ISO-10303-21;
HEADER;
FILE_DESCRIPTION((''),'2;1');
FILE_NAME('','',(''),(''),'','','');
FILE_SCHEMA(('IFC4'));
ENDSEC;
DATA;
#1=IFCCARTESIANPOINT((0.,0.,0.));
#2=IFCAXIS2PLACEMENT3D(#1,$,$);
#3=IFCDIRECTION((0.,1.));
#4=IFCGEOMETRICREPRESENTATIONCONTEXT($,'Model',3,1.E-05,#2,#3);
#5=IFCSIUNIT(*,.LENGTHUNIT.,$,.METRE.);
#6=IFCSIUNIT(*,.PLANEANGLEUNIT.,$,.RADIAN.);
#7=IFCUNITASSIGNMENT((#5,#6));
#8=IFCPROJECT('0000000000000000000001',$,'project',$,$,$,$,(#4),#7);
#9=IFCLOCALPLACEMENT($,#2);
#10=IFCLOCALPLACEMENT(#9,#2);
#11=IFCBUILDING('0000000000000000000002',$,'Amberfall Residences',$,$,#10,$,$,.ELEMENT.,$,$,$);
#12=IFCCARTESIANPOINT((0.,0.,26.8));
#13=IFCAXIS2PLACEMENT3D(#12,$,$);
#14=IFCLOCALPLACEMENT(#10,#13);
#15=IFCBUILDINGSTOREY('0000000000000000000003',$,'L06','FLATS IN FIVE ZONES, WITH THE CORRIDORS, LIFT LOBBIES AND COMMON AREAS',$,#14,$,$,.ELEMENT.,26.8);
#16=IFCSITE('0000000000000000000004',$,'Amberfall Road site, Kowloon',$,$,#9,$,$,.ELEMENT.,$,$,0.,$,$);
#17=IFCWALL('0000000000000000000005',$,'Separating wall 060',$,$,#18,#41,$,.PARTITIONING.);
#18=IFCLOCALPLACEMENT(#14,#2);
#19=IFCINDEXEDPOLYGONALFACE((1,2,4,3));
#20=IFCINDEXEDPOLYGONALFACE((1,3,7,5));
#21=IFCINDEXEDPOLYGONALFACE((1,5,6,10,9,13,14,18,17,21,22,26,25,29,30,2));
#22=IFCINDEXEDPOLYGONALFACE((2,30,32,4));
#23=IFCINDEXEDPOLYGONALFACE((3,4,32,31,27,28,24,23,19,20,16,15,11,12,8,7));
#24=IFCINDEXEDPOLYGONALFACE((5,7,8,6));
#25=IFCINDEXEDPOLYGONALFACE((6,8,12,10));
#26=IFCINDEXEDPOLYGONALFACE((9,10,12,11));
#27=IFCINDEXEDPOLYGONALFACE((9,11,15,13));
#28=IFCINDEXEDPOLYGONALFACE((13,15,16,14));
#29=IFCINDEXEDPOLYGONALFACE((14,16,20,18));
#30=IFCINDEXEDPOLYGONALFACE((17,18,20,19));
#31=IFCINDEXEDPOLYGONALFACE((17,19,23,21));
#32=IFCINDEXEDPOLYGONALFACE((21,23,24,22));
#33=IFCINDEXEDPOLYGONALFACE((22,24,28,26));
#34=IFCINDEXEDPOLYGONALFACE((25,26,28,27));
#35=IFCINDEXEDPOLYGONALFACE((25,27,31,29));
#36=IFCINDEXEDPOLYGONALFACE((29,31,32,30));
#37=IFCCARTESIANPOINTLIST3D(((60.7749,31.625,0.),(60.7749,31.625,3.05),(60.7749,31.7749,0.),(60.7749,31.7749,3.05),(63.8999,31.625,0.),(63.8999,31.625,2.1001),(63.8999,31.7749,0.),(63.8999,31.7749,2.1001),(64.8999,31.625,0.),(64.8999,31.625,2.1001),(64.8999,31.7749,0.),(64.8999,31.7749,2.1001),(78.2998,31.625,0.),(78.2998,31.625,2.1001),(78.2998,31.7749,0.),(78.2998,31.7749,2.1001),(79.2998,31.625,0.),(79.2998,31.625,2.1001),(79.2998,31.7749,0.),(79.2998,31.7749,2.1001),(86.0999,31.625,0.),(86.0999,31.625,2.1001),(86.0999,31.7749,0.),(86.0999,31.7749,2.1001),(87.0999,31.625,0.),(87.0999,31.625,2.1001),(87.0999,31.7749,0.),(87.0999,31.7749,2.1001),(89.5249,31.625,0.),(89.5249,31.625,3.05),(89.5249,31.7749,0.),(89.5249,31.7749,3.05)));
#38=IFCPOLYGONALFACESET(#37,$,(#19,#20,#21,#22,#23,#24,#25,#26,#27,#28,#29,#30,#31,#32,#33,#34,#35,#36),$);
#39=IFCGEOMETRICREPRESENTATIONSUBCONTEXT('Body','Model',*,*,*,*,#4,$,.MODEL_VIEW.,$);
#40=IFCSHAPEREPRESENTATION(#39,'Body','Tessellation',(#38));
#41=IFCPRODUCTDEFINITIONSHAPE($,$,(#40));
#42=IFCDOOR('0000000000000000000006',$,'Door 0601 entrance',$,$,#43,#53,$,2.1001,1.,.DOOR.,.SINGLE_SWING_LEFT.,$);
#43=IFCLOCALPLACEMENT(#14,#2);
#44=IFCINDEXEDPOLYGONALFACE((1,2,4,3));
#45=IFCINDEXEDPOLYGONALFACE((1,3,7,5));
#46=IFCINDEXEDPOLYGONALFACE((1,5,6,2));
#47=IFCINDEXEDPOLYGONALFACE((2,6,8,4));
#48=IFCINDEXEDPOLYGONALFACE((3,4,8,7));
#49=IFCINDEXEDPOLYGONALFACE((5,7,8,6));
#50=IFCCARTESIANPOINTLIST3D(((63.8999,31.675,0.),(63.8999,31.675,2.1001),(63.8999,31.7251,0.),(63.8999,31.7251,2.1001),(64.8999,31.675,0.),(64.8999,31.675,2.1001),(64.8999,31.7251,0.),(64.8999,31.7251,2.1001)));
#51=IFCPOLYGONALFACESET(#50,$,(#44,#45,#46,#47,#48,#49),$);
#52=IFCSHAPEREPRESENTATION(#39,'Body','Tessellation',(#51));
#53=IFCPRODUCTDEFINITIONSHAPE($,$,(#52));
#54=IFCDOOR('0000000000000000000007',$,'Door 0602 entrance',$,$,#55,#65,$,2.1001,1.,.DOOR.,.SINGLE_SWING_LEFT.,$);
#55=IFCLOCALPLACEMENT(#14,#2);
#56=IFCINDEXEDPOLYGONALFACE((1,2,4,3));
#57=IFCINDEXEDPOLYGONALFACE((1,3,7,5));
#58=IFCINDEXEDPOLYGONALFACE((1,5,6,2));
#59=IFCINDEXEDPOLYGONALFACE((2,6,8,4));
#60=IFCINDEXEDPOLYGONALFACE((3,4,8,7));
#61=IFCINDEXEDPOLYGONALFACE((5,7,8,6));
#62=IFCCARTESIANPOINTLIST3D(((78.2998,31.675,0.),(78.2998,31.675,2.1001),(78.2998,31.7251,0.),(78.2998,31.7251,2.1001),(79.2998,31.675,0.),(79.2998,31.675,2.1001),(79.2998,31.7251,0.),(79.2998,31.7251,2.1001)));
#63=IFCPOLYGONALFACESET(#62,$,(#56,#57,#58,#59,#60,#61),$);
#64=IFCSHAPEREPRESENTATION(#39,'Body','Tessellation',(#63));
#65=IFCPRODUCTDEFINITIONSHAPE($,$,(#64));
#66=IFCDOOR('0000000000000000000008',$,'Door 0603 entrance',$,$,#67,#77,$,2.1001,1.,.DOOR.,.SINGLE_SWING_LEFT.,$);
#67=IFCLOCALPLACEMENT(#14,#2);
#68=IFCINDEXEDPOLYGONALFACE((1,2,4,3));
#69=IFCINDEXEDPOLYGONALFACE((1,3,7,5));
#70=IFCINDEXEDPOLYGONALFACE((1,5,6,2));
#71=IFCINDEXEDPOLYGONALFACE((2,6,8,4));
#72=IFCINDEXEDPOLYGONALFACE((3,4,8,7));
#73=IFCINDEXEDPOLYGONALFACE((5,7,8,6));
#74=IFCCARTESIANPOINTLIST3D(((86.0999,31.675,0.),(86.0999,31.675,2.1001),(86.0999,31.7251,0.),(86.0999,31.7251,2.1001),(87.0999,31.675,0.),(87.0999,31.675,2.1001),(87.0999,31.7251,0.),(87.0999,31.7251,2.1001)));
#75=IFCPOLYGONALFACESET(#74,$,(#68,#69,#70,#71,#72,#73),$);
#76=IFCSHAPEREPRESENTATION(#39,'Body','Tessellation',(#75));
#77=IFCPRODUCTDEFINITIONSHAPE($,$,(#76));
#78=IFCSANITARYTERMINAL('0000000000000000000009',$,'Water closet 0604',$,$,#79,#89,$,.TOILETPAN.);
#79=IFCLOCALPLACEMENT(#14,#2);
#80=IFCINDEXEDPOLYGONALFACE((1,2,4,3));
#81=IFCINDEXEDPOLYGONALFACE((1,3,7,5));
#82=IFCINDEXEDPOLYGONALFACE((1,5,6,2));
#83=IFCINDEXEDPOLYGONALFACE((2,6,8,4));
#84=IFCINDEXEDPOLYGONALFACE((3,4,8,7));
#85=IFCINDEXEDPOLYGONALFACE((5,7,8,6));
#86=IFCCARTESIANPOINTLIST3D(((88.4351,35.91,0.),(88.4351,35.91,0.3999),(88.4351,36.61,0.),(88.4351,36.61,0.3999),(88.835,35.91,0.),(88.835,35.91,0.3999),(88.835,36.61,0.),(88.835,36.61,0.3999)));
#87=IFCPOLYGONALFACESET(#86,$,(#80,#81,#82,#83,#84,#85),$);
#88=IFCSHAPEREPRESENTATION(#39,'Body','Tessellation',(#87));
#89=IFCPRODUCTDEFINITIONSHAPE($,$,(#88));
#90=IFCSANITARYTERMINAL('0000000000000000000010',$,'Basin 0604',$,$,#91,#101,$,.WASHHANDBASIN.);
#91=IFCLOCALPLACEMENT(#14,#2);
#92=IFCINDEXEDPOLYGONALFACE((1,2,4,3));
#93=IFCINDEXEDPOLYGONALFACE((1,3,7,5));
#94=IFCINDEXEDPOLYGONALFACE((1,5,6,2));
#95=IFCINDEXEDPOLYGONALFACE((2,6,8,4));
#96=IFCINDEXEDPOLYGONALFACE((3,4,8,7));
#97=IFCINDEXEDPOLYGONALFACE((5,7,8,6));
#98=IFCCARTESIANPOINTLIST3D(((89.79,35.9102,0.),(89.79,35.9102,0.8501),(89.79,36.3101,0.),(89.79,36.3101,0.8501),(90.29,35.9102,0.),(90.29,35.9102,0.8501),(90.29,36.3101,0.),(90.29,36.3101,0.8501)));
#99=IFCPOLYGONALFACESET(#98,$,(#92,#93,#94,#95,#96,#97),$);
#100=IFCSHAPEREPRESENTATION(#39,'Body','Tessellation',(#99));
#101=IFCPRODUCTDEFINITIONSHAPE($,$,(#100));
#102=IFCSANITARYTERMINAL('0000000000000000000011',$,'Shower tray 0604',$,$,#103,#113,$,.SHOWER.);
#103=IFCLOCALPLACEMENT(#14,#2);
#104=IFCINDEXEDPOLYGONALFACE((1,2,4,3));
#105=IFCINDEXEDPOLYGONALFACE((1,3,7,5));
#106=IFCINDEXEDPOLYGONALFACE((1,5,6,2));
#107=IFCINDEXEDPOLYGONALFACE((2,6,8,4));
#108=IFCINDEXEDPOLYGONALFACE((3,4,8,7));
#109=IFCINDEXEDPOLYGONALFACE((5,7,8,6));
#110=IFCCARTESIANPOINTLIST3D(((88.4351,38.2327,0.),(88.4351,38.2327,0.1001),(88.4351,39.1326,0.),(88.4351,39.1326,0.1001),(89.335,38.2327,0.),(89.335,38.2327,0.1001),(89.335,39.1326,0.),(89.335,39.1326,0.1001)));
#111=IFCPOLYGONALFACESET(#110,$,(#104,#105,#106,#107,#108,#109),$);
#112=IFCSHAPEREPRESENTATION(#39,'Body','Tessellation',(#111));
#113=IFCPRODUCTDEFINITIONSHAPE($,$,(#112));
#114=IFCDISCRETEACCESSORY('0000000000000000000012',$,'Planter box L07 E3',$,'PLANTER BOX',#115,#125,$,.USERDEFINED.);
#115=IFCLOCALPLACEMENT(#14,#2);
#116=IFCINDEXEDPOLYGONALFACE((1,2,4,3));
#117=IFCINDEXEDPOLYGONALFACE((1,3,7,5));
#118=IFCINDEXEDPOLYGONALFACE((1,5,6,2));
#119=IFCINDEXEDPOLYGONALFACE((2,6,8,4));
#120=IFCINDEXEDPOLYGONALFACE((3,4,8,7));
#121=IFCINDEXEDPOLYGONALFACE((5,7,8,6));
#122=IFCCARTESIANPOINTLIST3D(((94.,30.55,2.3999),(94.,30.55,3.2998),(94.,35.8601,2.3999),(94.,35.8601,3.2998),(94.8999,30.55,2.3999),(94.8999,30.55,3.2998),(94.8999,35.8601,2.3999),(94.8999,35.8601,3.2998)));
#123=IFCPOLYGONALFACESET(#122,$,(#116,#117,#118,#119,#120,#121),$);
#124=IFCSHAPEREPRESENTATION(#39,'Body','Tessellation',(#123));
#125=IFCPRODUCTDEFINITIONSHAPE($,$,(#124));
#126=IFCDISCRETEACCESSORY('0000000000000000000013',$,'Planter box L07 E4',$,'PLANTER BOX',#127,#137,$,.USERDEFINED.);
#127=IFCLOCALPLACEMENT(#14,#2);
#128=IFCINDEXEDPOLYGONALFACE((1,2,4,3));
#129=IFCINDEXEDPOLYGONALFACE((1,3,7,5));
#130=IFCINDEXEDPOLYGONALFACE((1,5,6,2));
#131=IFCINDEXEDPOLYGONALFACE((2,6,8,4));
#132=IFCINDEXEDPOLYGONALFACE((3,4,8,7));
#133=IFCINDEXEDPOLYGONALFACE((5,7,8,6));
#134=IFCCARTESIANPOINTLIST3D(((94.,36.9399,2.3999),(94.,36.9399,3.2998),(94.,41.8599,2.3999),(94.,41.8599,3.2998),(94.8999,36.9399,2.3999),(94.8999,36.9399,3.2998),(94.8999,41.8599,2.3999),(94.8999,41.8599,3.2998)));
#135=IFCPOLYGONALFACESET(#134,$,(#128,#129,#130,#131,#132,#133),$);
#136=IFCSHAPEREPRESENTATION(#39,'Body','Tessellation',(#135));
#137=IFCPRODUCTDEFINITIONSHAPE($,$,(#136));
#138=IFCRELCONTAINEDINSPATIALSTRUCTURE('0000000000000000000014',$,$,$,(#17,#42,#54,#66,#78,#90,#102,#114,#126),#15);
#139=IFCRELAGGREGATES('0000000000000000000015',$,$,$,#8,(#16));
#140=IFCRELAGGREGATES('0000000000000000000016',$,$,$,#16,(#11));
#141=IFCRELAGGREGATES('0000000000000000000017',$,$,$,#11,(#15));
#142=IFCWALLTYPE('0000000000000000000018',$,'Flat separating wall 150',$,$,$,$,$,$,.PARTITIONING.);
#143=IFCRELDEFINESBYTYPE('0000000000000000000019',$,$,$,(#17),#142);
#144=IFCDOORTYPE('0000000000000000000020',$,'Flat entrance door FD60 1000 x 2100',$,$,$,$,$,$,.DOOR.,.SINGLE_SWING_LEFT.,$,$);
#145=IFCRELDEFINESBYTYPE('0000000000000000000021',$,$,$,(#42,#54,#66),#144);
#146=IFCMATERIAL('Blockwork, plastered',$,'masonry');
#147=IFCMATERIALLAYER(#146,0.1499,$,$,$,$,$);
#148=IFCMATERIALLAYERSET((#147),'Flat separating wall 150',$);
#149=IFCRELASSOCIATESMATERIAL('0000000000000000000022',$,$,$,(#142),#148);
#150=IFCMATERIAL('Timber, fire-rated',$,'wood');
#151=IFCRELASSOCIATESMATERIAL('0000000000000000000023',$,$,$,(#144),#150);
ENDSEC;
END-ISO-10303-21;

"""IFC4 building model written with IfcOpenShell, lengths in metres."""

from ifc_helpers import new_model, si_unit, direction, frame, frame_2d, origin, origin_2d, place, context, subcontext, project, spatial, rectangle, extrude, material, layer, layer_set, type_object, element, fill, save


model = new_model("IFC4")

# Units and contexts
model_context = context("Model", 3, precision=1e-05, world=origin(), true_north=direction((0.0, 1.0)))
body_context = subcontext(model_context, "Body", "Model", "MODEL_VIEW")
ifc_project = project(units=[si_unit("LENGTHUNIT", "METRE"), si_unit("PLANEANGLEUNIT", "RADIAN")], contexts=[model_context])

# Site, building, storey
site_placement = place(None, origin())
site = spatial("IfcSite", under=ifc_project, at=site_placement, Name="Amberfall Road site, Kowloon", CompositionType="ELEMENT", RefElevation=0.0)
building_placement = place(site_placement, origin())
building = spatial("IfcBuilding", under=site, at=building_placement, Name="Amberfall Residences", CompositionType="ELEMENT")
storey_placement = place(building_placement, frame((0.0, 0.0, 26.8)))
storey = spatial("IfcBuildingStorey", under=building, at=storey_placement, Name="L06", Description="FLATS IN FIVE ZONES, WITH THE CORRIDORS, LIFT LOBBIES AND COMMON AREAS", CompositionType="ELEMENT", Elevation=26.8)

# Shared definitions
ifc_material_1 = material(Name="Blockwork, plastered", Category="masonry")
ifc_layer_1 = layer(ifc_material_1, 0.1499)
ifc_layer_set_1 = layer_set([ifc_layer_1], Name="Flat separating wall 150")
wall_type_1 = type_object("IfcWallType", Name="Flat separating wall 150", PredefinedType="PARTITIONING", material=ifc_layer_set_1)

# Wall, openings, doors
wall_1_placement = place(storey_placement, frame((89.5249, 31.7, 0.0), z_axis=(0.0, 0.0, 1.0), x_axis=(-1.0, 0.0, 0.0)))
wall_1 = element("IfcWall", 1, at=wall_1_placement, inside=storey, type_object=wall_type_1, Name="Separating wall 060", PredefinedType="PARTITIONING", context=body_context, shape_type="SweptSolid", body=[
    extrude(rectangle(XDim=28.75, YDim=0.1499, at=frame_2d((14.375, 0.0))), origin(), (0.0, 0.0, 1.0), 3.05),
])
opening_1_placement = place(wall_1_placement, frame((24.625, 0.0, 0.0)))
opening_1 = element("IfcOpeningElement", 2, at=opening_1_placement, cuts=wall_1, PredefinedType="OPENING", context=body_context, shape_type="SweptSolid", body=[
    extrude(rectangle(XDim=1.0, YDim=2.1001, at=frame_2d((0.5, 1.05))), frame((0.0, 0.085, 0.0), z_axis=(0.0, -1.0, 0.0), x_axis=(1.0, 0.0, 0.0)), (0.0, 0.0, 1.0), 0.1699),
])
opening_2_placement = place(wall_1_placement, frame((10.2251, 0.0, 0.0)))
opening_2 = element("IfcOpeningElement", 3, at=opening_2_placement, cuts=wall_1, PredefinedType="OPENING", context=body_context, shape_type="SweptSolid", body=[
    extrude(rectangle(XDim=1.0, YDim=2.1001, at=frame_2d((0.5, 1.05))), frame((0.0, 0.085, 0.0), z_axis=(0.0, -1.0, 0.0), x_axis=(1.0, 0.0, 0.0)), (0.0, 0.0, 1.0), 0.1699),
])
opening_3_placement = place(wall_1_placement, frame((2.425, 0.0, 0.0)))
opening_3 = element("IfcOpeningElement", 4, at=opening_3_placement, cuts=wall_1, PredefinedType="OPENING", context=body_context, shape_type="SweptSolid", body=[
    extrude(rectangle(XDim=1.0, YDim=2.1001, at=frame_2d((0.5, 1.05))), frame((0.0, 0.085, 0.0), z_axis=(0.0, -1.0, 0.0), x_axis=(1.0, 0.0, 0.0)), (0.0, 0.0, 1.0), 0.1699),
])
ifc_material_2 = material(Name="Timber, fire-rated", Category="wood")
door_type_1 = type_object("IfcDoorType", Name="Flat entrance door FD60 1000 x 2100", OperationType="SINGLE_SWING_LEFT", PredefinedType="DOOR", material=ifc_material_2)
door_1_placement = place(opening_1_placement, origin())
door_1 = element("IfcDoor", 5, at=door_1_placement, inside=storey, type_object=door_type_1, Name="Door 0601 entrance", OperationType="SINGLE_SWING_LEFT", OverallHeight=2.1001, OverallWidth=1.0, PredefinedType="DOOR", context=body_context, shape_type="SweptSolid", body=[
    extrude(rectangle(XDim=1.0, YDim=2.1001, at=frame_2d((0.5, 1.05))), frame((0.0, 0.0249, 0.0), z_axis=(0.0, -1.0, 0.0), x_axis=(1.0, 0.0, 0.0)), (0.0, 0.0, 1.0), 0.05),
])
fill(opening_1, door_1)
door_2_placement = place(opening_2_placement, origin())
door_2 = element("IfcDoor", 6, at=door_2_placement, inside=storey, type_object=door_type_1, Name="Door 0602 entrance", OperationType="SINGLE_SWING_LEFT", OverallHeight=2.1001, OverallWidth=1.0, PredefinedType="DOOR", context=body_context, shape_type="SweptSolid", body=[
    extrude(rectangle(XDim=1.0, YDim=2.1001, at=frame_2d((0.5, 1.05))), frame((0.0, 0.0249, 0.0), z_axis=(0.0, -1.0, 0.0), x_axis=(1.0, 0.0, 0.0)), (0.0, 0.0, 1.0), 0.05),
])
fill(opening_2, door_2)
door_3_placement = place(opening_3_placement, origin())
door_3 = element("IfcDoor", 7, at=door_3_placement, inside=storey, type_object=door_type_1, Name="Door 0603 entrance", OperationType="SINGLE_SWING_LEFT", OverallHeight=2.1001, OverallWidth=1.0, PredefinedType="DOOR", context=body_context, shape_type="SweptSolid", body=[
    extrude(rectangle(XDim=1.0, YDim=2.1001, at=frame_2d((0.5, 1.05))), frame((0.0, 0.0249, 0.0), z_axis=(0.0, -1.0, 0.0), x_axis=(1.0, 0.0, 0.0)), (0.0, 0.0, 1.0), 0.05),
])
fill(opening_3, door_3)

# Sanitary terminals
sanitary_terminal_1_placement = place(storey_placement, frame((88.635, 36.26, 0.0), z_axis=(0.0, 0.0, 1.0), x_axis=(1.0, 0.0, 0.0)))
element("IfcSanitaryTerminal", 8, at=sanitary_terminal_1_placement, inside=storey, Name="Water closet 0604", PredefinedType="TOILETPAN", context=body_context, shape_type="SweptSolid", body=[
    extrude(rectangle(XDim=0.3999, YDim=0.7, at=origin_2d()), origin(), (0.0, 0.0, 1.0), 0.3999),
])
sanitary_terminal_2_placement = place(storey_placement, frame((90.04, 36.1101, 0.0), z_axis=(0.0, 0.0, 1.0), x_axis=(1.0, 0.0, 0.0)))
element("IfcSanitaryTerminal", 9, at=sanitary_terminal_2_placement, inside=storey, Name="Basin 0604", PredefinedType="WASHHANDBASIN", context=body_context, shape_type="SweptSolid", body=[
    extrude(rectangle(XDim=0.5, YDim=0.3999, at=origin_2d()), origin(), (0.0, 0.0, 1.0), 0.8501),
])
sanitary_terminal_3_placement = place(storey_placement, frame((88.885, 38.6826, 0.0), z_axis=(0.0, 0.0, 1.0), x_axis=(1.0, 0.0, 0.0)))
element("IfcSanitaryTerminal", 10, at=sanitary_terminal_3_placement, inside=storey, Name="Shower tray 0604", PredefinedType="SHOWER", context=body_context, shape_type="SweptSolid", body=[
    extrude(rectangle(XDim=0.8999, YDim=0.8999, at=origin_2d()), origin(), (0.0, 0.0, 1.0), 0.1001),
])

# Discrete accessories
discrete_accessory_1_placement = place(storey_placement, frame((94.45, 33.2051, 2.3999), z_axis=(0.0, 0.0, 1.0), x_axis=(0.0, 1.0, 0.0)))
element("IfcDiscreteAccessory", 11, at=discrete_accessory_1_placement, inside=storey, Name="Planter box L07 E3", ObjectType="PLANTER BOX", PredefinedType="USERDEFINED", context=body_context, shape_type="SweptSolid", body=[
    extrude(rectangle(XDim=5.3101, YDim=0.8999, at=origin_2d()), origin(), (0.0, 0.0, 1.0), 0.8999),
])
discrete_accessory_2_placement = place(storey_placement, frame((94.45, 39.3999, 2.3999), z_axis=(0.0, 0.0, 1.0), x_axis=(0.0, 1.0, 0.0)))
element("IfcDiscreteAccessory", 12, at=discrete_accessory_2_placement, inside=storey, Name="Planter box L07 E4", ObjectType="PLANTER BOX", PredefinedType="USERDEFINED", context=body_context, shape_type="SweptSolid", body=[
    extrude(rectangle(XDim=4.9199, YDim=0.8999, at=origin_2d()), origin(), (0.0, 0.0, 1.0), 0.8999),
])

save(model, "model.ifc")
